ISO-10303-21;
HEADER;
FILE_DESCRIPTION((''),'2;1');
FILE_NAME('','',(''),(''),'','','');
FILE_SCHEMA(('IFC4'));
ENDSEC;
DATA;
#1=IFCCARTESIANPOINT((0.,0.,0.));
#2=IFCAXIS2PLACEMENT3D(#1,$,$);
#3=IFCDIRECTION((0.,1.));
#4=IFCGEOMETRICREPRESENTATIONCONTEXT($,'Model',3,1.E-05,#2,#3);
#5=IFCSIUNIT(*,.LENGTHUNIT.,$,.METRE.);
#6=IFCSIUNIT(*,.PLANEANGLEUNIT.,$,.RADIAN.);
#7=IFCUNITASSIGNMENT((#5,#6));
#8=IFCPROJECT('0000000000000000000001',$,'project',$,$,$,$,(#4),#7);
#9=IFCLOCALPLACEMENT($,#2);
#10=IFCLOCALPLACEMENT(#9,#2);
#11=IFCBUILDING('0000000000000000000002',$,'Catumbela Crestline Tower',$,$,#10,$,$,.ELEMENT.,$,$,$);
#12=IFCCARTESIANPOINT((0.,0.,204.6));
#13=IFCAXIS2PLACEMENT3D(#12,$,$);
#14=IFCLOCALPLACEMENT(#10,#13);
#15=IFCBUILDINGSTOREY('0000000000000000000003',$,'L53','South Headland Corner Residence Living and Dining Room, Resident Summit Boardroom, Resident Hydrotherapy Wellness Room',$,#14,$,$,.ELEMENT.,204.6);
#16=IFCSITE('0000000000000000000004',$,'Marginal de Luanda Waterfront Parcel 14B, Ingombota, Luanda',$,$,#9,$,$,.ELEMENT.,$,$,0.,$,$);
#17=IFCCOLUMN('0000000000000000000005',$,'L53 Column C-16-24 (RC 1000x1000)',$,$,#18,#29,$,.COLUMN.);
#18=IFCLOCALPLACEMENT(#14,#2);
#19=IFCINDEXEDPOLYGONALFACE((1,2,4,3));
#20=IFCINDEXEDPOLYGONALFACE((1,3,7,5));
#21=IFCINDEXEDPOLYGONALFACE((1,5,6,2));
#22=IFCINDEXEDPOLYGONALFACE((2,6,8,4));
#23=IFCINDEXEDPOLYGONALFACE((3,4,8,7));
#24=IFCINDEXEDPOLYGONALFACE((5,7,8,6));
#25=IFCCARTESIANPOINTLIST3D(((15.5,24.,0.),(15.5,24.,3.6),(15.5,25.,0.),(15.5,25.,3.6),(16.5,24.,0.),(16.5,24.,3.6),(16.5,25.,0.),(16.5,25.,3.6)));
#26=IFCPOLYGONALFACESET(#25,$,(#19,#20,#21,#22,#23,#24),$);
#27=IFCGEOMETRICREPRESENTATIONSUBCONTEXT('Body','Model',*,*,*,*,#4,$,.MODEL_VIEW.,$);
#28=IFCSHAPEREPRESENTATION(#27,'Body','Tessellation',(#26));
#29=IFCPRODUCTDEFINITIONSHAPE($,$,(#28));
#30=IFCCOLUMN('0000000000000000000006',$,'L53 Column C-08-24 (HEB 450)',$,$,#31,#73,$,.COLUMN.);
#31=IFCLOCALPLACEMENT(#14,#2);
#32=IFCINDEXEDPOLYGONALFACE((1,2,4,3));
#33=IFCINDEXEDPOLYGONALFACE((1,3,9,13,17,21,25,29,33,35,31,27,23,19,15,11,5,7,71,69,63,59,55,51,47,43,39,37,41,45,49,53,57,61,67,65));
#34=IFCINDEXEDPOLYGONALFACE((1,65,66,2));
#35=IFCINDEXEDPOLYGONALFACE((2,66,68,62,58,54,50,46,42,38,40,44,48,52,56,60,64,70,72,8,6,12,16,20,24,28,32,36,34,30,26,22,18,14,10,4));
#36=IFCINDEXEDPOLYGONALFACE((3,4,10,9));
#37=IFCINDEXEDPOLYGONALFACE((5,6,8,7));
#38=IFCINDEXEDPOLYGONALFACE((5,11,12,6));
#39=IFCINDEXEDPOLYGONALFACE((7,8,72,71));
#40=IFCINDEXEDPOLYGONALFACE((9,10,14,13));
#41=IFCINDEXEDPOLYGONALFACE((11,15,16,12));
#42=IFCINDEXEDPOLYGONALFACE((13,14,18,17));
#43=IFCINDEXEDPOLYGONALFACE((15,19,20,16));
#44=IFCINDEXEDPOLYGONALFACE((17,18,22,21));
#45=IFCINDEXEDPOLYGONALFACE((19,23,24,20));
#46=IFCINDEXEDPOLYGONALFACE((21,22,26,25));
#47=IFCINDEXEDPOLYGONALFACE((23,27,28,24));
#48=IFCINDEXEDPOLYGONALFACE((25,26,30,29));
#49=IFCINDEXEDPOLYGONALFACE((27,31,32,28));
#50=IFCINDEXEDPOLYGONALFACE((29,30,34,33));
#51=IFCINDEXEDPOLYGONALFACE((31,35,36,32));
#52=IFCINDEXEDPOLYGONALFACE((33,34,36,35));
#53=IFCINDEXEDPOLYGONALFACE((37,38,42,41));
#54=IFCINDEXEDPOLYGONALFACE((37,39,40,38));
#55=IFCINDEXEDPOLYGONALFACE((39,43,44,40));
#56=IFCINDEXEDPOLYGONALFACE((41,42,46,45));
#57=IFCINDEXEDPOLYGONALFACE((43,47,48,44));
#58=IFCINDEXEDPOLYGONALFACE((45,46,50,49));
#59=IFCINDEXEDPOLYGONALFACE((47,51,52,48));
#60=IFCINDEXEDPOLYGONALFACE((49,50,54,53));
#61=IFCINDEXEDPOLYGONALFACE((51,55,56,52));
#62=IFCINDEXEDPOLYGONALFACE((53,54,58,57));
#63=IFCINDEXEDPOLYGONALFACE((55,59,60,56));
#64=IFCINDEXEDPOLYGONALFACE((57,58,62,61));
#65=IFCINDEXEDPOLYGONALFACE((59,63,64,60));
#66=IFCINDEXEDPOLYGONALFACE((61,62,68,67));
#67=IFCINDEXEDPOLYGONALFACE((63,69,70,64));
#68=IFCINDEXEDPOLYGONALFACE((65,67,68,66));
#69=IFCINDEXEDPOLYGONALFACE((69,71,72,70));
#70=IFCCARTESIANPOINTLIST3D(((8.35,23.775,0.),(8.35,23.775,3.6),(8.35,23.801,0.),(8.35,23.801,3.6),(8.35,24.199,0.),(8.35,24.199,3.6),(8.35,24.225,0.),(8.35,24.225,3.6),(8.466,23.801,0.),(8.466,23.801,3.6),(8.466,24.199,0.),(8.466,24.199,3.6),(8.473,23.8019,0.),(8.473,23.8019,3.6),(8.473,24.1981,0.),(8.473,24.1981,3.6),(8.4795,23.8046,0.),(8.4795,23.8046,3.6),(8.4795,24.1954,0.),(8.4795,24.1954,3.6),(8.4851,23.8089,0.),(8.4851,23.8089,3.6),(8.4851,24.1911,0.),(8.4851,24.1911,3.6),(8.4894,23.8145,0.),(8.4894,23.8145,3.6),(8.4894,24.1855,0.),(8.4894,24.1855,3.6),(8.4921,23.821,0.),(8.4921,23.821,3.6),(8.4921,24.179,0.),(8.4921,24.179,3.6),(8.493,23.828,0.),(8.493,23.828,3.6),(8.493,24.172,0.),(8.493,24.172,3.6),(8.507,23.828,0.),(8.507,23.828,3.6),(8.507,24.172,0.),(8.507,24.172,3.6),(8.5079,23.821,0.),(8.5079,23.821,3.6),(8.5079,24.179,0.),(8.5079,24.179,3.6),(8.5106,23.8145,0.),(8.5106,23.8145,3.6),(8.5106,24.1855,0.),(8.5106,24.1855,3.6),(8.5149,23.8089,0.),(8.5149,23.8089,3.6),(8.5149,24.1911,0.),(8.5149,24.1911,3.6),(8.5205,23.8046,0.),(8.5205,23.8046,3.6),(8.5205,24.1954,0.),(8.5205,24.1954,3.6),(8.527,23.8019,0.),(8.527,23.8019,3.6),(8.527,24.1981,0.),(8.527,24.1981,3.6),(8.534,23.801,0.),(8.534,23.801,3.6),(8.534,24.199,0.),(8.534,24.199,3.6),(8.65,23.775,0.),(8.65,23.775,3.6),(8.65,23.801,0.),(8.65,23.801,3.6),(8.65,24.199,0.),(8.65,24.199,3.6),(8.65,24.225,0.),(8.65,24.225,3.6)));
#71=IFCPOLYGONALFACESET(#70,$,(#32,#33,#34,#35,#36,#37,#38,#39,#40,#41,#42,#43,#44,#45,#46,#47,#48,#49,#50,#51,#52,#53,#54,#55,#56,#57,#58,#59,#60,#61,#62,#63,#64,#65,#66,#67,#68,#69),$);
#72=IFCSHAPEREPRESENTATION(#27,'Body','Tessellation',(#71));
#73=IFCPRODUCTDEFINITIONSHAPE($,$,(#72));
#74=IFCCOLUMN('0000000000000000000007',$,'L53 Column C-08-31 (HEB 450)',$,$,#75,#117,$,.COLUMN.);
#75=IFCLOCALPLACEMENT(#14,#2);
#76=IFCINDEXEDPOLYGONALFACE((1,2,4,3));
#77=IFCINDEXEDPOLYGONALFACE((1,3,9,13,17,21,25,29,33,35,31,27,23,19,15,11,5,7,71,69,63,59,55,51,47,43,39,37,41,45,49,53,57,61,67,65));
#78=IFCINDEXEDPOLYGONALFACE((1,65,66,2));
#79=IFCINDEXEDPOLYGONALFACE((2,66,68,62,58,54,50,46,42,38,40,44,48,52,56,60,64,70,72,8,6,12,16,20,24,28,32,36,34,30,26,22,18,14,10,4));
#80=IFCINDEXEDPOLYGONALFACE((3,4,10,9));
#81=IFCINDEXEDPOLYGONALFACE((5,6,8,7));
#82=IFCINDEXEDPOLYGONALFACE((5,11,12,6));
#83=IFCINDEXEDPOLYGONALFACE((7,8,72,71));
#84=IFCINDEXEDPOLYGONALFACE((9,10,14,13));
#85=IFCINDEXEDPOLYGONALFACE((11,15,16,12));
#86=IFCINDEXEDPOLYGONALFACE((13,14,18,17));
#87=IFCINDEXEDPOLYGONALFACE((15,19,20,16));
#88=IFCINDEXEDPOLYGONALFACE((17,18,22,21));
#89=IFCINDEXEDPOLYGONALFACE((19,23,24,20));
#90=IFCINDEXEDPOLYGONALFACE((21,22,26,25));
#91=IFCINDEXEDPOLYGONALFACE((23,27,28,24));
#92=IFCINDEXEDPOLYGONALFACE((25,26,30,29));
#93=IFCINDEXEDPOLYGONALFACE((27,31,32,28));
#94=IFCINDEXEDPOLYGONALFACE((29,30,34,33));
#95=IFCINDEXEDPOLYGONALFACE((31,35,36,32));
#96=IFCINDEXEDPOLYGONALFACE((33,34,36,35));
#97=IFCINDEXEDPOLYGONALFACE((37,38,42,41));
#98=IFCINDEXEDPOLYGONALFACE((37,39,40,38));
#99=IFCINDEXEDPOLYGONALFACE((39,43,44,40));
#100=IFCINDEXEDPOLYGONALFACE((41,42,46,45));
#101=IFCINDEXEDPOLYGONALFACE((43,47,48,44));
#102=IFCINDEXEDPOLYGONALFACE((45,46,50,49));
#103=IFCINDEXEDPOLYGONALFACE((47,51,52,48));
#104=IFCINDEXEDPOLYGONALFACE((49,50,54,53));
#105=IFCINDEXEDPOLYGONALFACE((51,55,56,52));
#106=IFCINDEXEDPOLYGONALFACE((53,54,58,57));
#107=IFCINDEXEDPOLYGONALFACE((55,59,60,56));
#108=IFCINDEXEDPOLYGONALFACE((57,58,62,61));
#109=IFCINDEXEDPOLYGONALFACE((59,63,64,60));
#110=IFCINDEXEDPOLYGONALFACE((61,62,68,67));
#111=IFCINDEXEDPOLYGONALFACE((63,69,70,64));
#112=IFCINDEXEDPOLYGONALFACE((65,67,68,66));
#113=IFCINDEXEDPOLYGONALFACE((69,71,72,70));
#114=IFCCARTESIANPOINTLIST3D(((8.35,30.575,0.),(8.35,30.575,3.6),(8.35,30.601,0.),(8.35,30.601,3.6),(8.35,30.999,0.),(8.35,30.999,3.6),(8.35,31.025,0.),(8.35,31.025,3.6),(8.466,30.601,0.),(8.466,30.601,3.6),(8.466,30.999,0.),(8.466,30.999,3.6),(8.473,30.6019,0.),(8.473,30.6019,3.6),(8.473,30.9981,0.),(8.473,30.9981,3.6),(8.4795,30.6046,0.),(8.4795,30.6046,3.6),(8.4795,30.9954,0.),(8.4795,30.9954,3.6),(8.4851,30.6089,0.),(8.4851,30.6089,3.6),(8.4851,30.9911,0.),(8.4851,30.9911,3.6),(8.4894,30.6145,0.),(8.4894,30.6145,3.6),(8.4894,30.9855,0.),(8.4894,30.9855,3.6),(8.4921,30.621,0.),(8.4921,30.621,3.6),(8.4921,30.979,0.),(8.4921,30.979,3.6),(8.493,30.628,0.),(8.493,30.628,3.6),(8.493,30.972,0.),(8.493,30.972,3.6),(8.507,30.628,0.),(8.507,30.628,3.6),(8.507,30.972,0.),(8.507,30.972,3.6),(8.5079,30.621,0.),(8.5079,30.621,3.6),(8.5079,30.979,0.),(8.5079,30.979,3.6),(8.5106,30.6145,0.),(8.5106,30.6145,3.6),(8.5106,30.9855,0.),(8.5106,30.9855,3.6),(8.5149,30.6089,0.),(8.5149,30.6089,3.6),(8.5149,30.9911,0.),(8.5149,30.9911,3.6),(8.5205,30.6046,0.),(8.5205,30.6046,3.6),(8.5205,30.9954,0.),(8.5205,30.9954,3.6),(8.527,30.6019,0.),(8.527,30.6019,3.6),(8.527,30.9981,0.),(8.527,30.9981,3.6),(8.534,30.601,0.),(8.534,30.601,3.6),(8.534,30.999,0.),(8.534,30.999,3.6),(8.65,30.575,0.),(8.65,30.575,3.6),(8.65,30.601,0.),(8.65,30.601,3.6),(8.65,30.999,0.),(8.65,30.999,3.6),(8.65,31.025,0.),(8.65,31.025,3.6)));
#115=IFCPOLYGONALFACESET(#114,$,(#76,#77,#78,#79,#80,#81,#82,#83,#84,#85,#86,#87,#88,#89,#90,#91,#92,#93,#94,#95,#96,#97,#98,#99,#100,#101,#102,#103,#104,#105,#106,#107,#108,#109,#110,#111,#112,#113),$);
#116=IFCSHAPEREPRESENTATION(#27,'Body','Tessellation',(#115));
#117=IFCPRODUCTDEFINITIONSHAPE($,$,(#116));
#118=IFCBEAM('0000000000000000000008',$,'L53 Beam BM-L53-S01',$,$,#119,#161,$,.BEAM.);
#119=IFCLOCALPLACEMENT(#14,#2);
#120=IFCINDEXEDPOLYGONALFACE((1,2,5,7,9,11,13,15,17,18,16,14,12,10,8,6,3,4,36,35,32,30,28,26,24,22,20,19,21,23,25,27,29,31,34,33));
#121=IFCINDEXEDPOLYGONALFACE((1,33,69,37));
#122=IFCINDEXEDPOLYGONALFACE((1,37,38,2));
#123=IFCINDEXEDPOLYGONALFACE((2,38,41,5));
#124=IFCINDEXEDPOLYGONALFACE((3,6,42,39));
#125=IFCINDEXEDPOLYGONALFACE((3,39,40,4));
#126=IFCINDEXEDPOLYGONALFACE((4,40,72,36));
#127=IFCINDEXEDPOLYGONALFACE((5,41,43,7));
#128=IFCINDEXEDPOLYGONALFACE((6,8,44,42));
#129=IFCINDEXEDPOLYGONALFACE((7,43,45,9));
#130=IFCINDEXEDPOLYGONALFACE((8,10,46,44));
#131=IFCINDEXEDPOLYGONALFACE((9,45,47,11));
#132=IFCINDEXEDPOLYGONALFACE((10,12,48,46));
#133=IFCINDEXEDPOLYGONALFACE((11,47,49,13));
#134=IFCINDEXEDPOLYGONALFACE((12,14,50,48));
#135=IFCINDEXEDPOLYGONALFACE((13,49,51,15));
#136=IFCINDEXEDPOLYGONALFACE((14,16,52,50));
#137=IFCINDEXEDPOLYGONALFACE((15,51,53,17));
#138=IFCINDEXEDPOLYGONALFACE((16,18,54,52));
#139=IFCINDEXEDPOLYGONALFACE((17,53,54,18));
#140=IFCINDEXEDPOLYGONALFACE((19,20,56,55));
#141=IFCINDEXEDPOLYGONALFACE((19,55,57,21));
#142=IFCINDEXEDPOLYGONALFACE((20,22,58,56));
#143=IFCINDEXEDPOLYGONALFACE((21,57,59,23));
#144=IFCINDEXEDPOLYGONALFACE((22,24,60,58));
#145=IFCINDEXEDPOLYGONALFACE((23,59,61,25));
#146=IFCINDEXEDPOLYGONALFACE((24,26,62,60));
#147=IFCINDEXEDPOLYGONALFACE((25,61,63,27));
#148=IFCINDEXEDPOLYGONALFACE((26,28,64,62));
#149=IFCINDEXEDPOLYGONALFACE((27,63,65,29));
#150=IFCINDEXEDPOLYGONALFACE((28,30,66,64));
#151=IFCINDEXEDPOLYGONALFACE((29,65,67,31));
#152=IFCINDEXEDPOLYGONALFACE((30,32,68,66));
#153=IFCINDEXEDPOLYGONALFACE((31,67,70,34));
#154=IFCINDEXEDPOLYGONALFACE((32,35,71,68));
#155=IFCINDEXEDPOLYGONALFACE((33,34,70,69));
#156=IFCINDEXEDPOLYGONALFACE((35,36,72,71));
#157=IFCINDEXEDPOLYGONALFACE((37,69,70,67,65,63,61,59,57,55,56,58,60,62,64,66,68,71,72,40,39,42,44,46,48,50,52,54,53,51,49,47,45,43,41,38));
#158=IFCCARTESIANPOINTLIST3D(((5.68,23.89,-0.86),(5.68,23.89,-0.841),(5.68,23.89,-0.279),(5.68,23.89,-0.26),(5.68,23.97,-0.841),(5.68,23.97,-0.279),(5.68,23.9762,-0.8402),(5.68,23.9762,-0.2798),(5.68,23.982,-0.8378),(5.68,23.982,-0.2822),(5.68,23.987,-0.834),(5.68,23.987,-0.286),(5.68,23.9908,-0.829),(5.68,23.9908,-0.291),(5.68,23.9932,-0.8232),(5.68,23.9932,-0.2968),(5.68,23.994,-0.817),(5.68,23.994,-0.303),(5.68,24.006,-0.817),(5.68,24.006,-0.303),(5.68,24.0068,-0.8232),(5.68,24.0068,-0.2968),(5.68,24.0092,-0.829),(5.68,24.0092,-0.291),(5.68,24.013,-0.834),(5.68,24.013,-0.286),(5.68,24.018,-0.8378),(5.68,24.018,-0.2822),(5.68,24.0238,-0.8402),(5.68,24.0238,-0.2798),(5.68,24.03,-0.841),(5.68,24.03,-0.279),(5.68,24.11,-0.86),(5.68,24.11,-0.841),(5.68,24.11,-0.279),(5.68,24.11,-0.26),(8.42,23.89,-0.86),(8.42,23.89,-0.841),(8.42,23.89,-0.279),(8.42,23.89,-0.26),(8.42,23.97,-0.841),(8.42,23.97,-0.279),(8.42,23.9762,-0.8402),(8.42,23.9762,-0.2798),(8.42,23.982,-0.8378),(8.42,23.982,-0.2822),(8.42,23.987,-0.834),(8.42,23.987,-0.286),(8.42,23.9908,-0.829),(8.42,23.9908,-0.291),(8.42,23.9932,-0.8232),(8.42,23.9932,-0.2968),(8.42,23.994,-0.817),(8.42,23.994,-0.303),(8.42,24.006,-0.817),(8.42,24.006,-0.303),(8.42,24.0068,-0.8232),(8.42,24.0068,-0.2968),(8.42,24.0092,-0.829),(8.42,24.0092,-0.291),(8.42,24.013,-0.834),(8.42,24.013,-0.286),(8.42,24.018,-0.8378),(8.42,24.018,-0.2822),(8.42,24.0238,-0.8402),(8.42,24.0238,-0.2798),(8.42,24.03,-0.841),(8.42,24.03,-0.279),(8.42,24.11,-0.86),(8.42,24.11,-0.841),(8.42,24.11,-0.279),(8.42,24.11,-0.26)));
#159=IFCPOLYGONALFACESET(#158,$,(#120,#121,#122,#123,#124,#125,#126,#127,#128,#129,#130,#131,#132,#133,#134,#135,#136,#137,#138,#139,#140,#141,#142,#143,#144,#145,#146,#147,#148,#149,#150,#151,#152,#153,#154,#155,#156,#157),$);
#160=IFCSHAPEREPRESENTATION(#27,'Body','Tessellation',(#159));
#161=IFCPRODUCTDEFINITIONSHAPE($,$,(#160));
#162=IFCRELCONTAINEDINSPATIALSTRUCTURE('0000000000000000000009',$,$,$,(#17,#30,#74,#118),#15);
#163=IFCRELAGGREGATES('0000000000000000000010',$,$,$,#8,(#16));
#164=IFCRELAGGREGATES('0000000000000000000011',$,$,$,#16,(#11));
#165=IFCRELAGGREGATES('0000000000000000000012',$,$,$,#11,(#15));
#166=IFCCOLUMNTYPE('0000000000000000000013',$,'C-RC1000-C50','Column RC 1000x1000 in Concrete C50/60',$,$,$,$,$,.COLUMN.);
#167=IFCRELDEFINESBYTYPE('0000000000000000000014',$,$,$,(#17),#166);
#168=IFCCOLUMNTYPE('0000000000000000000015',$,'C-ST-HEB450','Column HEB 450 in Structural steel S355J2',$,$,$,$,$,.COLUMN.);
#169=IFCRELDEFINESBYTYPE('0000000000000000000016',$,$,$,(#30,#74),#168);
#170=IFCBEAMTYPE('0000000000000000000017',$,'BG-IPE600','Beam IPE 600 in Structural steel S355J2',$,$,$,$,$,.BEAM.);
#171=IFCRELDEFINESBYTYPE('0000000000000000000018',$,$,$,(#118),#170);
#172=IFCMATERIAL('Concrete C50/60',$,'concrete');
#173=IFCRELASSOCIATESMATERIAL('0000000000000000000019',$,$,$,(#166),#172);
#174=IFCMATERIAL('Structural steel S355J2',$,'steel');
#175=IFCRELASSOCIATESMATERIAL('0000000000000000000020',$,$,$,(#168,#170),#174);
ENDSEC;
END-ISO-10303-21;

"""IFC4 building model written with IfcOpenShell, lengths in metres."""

from ifc_helpers import new_model, si_unit, direction, frame, origin, origin_2d, place, context, subcontext, project, spatial, rectangle, i_section, extrude, material, material_profile, profile_set, type_object, element, save


model = new_model("IFC4")

# Units and contexts
model_context = context("Model", 3, precision=1e-05, world=origin(), true_north=direction((0.0, 1.0)))
body_context = subcontext(model_context, "Body", "Model", "MODEL_VIEW")
ifc_project = project(units=[si_unit("LENGTHUNIT", "METRE"), si_unit("PLANEANGLEUNIT", "RADIAN")], contexts=[model_context])

# Site, building, storey
site_placement = place(None, origin())
site = spatial("IfcSite", under=ifc_project, at=site_placement, Name="Marginal de Luanda Waterfront Parcel 14B, Ingombota, Luanda", CompositionType="ELEMENT", RefElevation=0.0)
building_placement = place(site_placement, origin())
building = spatial("IfcBuilding", under=site, at=building_placement, Name="Catumbela Crestline Tower", CompositionType="ELEMENT")
storey_placement = place(building_placement, frame((0.0, 0.0, 204.6)))
storey = spatial("IfcBuildingStorey", under=building, at=storey_placement, Name="L53", Description="South Headland Corner Residence Living and Dining Room, Resident Summit Boardroom, Resident Hydrotherapy Wellness Room", CompositionType="ELEMENT", Elevation=204.6)

# Columns
ifc_material_1 = material(Name="Concrete C50/60", Category="concrete")
ifc_material_profile_1 = material_profile(ifc_material_1, rectangle(XDim=1.0, YDim=1.0, at=origin_2d()), Name="RC 1000x1000")
ifc_profile_set_1 = profile_set([ifc_material_profile_1], Name="Concrete C50/60")
column_type_1 = type_object("IfcColumnType", Name="C-RC1000-C50", Description="Column RC 1000x1000 in Concrete C50/60", PredefinedType="COLUMN", material=ifc_profile_set_1)
column_placement = place(storey_placement, frame((16.0, 24.5, 0.0), z_axis=(0.0, 0.0, 1.0), x_axis=(1.0, 0.0, 0.0)))
element("IfcColumn", 1, at=column_placement, inside=storey, type_object=column_type_1, Name="L53 Column C-16-24 (RC 1000x1000)", PredefinedType="COLUMN", context=body_context, shape_type="SweptSolid", body=[
    extrude(rectangle(XDim=1.0, YDim=1.0, at=origin_2d()), origin(), (0.0, 0.0, 1.0), 3.6),
])
ifc_material_2 = material(Name="Structural steel S355J2", Category="steel")
ifc_material_profile_2 = material_profile(ifc_material_2, i_section(OverallWidth=0.3, OverallDepth=0.45, WebThickness=0.014, FlangeThickness=0.026, FilletRadius=0.027, at=origin_2d()), Name="HEB 450")
ifc_profile_set_2 = profile_set([ifc_material_profile_2], Name="Structural steel S355J2")
column_type_2 = type_object("IfcColumnType", Name="C-ST-HEB450", Description="Column HEB 450 in Structural steel S355J2", PredefinedType="COLUMN", material=ifc_profile_set_2)
for number, where, z_axis, x_axis, name in (
    (2, (8.5, 24.0, 0.0), (0.0, 0.0, 1.0), (1.0, 0.0, 0.0), "L53 Column C-08-24 (HEB 450)"),
    (3, (8.5, 30.8, 0.0), (0.0, 0.0, 1.0), (1.0, 0.0, 0.0), "L53 Column C-08-31 (HEB 450)"),
):
    element("IfcColumn", number, at=place(storey_placement, frame(where, z_axis=z_axis, x_axis=x_axis)), inside=storey, type_object=column_type_2, Name=name, PredefinedType="COLUMN", context=body_context, shape_type="SweptSolid", body=[
        extrude(i_section(OverallWidth=0.3, OverallDepth=0.45, WebThickness=0.014, FlangeThickness=0.026, FilletRadius=0.027, at=origin_2d()), origin(), (0.0, 0.0, 1.0), 3.6),
    ])

# Beam
ifc_material_profile_3 = material_profile(ifc_material_2, i_section(OverallWidth=0.22, OverallDepth=0.6, WebThickness=0.012, FlangeThickness=0.019, FilletRadius=0.024, at=origin_2d()), Name="IPE 600")
ifc_profile_set_3 = profile_set([ifc_material_profile_3], Name="Structural steel S355J2")
beam_type_1 = type_object("IfcBeamType", Name="BG-IPE600", Description="Beam IPE 600 in Structural steel S355J2", PredefinedType="BEAM", material=ifc_profile_set_3)
beam_1_placement = place(storey_placement, frame((5.68, 24.0, -0.56), z_axis=(1.0, 0.0, 0.0), x_axis=(0.0, 1.0, 0.0)))
element("IfcBeam", 4, at=beam_1_placement, inside=storey, type_object=beam_type_1, Name="L53 Beam BM-L53-S01", PredefinedType="BEAM", context=body_context, shape_type="SweptSolid", body=[
    extrude(i_section(OverallWidth=0.22, OverallDepth=0.6, WebThickness=0.012, FlangeThickness=0.019, FilletRadius=0.024, at=origin_2d()), origin(), (0.0, 0.0, 1.0), 2.74),
])

save(model, "model.ifc")
